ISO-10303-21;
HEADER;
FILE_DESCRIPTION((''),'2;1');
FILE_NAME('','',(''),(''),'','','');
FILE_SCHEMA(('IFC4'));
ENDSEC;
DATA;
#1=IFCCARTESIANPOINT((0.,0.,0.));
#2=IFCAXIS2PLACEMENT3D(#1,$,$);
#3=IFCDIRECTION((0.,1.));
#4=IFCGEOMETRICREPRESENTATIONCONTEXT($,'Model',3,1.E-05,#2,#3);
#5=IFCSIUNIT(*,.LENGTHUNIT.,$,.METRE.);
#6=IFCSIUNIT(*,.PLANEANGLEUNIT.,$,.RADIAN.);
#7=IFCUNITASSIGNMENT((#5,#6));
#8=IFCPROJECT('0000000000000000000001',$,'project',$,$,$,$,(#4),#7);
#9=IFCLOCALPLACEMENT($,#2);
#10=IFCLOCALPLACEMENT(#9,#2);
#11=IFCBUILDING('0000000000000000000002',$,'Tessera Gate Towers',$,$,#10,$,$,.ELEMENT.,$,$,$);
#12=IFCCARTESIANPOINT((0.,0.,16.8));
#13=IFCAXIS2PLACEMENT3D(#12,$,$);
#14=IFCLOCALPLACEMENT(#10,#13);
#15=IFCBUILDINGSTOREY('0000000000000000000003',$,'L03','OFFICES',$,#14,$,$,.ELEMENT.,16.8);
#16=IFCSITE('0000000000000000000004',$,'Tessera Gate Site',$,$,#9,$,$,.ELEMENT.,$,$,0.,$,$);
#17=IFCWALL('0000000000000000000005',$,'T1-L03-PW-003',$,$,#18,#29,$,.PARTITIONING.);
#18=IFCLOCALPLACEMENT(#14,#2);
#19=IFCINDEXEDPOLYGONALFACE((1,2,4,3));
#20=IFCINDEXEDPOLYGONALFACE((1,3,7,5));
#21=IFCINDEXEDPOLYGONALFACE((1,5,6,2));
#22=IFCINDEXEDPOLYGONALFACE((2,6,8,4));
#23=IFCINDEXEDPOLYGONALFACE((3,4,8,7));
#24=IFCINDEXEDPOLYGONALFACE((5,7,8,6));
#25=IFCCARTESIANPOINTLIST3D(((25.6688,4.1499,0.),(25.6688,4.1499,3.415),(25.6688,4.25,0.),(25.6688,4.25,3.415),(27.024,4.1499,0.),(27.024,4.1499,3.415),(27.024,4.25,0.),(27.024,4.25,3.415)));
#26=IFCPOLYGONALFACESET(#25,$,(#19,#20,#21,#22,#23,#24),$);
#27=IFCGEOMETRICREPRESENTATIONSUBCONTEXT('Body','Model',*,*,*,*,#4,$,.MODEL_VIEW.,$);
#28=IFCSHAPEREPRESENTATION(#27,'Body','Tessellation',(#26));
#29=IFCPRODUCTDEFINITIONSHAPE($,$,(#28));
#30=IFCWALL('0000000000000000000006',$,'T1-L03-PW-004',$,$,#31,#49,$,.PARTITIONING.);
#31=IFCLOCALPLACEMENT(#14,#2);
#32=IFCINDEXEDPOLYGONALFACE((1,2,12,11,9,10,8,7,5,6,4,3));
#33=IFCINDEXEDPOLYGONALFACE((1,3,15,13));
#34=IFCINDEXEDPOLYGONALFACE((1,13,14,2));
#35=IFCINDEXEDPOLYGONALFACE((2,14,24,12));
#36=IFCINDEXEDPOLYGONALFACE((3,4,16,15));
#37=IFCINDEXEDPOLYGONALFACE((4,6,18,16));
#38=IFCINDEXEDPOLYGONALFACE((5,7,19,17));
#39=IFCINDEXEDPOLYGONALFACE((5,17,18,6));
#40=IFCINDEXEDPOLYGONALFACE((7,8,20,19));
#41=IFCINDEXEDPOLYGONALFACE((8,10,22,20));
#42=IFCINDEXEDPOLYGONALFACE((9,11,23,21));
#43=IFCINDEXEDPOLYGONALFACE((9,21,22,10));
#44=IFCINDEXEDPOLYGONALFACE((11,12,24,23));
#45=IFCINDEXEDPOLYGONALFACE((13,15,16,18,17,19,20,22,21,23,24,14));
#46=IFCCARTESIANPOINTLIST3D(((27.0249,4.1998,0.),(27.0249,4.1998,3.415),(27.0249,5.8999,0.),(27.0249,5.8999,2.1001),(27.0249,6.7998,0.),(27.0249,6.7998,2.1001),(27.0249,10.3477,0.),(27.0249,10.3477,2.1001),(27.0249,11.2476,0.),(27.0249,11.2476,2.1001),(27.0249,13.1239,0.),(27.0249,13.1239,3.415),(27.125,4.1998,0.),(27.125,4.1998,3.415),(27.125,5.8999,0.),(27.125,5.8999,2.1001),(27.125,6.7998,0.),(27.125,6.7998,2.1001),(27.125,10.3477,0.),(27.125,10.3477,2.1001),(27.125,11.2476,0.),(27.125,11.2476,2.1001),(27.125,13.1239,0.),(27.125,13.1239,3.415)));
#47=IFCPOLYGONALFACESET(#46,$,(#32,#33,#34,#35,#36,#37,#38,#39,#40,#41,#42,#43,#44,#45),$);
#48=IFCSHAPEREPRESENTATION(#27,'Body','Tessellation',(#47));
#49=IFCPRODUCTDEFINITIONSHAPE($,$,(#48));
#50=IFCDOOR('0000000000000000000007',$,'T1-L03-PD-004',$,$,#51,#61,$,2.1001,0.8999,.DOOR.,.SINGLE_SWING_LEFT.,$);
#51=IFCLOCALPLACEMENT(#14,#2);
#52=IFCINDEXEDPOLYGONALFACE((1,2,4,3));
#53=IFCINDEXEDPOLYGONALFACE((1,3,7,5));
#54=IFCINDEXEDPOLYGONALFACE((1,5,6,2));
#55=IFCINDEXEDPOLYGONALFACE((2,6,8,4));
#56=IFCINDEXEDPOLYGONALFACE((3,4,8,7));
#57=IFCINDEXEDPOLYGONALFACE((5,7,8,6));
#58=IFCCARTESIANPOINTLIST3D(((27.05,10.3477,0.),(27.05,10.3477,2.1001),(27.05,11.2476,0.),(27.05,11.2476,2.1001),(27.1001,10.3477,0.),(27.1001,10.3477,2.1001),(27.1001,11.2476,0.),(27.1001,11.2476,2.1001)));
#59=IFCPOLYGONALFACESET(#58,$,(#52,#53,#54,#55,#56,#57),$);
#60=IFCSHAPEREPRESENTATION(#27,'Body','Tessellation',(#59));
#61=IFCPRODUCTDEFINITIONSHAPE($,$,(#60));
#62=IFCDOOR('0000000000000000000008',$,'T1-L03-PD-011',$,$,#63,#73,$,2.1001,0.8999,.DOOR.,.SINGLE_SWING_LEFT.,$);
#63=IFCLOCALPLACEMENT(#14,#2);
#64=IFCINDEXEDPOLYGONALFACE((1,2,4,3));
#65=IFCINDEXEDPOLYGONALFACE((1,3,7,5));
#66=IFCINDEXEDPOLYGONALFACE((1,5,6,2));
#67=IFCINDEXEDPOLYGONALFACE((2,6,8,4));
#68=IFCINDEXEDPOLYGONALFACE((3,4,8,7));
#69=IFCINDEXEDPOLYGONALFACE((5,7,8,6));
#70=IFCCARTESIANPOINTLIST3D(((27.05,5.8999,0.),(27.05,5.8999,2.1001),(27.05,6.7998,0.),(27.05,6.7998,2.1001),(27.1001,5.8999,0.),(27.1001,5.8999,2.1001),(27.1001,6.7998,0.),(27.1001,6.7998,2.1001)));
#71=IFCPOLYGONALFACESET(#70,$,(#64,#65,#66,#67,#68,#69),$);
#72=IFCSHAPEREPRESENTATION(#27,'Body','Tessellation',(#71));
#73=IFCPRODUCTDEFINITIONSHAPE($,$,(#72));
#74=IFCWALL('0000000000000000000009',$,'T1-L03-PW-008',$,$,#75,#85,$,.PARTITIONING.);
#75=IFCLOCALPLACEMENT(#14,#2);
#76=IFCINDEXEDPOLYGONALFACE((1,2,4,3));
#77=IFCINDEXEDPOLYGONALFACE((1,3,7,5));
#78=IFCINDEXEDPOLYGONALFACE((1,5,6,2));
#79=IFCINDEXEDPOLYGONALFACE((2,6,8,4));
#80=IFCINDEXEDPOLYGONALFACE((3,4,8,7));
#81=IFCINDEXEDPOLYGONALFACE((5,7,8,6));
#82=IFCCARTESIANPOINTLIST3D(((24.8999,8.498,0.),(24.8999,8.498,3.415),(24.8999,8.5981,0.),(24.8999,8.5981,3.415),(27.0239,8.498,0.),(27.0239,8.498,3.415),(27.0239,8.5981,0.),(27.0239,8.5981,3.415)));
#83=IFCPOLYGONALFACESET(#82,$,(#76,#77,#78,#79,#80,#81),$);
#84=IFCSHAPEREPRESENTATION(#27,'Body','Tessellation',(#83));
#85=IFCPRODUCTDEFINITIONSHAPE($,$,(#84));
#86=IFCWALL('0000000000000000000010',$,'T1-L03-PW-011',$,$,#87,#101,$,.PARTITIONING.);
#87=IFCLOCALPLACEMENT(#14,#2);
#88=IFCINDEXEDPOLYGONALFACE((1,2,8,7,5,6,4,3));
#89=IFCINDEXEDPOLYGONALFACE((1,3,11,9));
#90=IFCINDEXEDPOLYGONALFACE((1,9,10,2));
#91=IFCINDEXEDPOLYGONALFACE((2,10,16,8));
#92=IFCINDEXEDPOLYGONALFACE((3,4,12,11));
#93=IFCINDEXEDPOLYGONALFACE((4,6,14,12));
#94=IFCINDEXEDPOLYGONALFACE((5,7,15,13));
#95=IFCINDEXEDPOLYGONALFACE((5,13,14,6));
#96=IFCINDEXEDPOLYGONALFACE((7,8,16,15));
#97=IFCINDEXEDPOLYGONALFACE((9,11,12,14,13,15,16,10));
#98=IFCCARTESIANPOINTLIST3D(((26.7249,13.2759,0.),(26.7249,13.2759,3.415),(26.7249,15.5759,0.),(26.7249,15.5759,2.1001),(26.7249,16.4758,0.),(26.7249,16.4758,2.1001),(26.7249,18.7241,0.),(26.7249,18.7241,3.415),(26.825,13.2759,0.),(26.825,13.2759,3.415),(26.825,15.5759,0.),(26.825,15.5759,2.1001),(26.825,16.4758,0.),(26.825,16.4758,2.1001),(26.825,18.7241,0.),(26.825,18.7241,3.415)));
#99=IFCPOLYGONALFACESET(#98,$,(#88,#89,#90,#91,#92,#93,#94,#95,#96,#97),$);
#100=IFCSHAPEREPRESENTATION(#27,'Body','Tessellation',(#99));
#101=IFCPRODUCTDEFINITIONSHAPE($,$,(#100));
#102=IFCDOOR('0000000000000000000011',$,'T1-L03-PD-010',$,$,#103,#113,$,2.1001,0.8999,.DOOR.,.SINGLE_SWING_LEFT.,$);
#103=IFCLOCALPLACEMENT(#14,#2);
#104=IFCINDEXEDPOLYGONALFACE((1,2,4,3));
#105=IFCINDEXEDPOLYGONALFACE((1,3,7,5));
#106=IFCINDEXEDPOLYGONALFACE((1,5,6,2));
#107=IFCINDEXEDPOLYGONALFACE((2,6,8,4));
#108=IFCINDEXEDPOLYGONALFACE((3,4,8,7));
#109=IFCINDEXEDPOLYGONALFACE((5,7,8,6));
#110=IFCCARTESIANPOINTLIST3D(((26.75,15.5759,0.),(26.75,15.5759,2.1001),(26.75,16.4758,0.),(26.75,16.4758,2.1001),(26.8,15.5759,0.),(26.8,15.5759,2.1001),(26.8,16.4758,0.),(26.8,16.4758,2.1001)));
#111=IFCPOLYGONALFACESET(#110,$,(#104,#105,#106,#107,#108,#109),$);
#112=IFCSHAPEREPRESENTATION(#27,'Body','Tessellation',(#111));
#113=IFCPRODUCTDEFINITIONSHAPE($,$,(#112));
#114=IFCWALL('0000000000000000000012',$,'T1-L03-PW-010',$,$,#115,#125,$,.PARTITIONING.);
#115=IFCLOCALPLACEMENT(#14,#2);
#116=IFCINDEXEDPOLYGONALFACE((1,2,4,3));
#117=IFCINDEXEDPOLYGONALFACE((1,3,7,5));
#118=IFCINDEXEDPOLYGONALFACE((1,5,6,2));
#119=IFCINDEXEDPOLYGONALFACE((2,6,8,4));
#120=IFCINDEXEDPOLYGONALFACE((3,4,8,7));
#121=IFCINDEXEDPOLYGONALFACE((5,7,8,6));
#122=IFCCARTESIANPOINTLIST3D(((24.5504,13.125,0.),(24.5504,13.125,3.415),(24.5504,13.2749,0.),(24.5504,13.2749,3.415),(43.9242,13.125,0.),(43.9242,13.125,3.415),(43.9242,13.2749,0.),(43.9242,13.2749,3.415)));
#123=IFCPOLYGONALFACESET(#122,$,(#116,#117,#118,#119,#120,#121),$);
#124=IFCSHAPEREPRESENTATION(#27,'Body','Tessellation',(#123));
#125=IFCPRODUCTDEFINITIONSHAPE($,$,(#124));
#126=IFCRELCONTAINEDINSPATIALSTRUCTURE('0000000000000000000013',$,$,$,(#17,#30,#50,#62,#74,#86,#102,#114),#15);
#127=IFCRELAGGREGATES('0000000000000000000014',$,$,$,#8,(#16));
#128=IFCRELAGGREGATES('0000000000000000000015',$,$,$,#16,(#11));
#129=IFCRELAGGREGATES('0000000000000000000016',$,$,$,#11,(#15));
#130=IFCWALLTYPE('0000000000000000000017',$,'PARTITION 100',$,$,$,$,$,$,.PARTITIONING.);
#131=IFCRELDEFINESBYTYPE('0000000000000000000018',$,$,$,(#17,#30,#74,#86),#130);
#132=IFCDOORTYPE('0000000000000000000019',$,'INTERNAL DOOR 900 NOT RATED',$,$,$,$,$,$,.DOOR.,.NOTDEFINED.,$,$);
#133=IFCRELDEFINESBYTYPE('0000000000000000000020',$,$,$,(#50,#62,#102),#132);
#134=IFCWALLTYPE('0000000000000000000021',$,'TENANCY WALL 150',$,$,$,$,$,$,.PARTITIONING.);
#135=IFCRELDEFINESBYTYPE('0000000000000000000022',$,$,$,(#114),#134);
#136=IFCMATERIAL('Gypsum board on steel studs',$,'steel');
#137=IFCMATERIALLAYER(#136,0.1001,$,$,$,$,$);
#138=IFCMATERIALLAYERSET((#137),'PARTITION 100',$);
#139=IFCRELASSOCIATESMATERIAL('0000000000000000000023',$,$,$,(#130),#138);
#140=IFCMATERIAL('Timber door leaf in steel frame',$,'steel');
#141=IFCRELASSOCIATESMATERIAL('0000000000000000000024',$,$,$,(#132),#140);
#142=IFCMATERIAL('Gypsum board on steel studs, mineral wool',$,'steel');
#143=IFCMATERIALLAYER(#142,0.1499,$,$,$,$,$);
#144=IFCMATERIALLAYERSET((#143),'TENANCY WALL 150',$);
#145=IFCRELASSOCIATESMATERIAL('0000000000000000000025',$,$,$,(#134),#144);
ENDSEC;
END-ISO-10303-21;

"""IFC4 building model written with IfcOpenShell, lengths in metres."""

from ifc_helpers import new_model, si_unit, direction, frame, frame_2d, origin, place, context, subcontext, project, spatial, rectangle, extrude, source, transform, mapped, material, layer, layer_set, type_object, element, fill, save


model = new_model("IFC4")

# Units and contexts
model_context = context("Model", 3, precision=1e-05, world=origin(), true_north=direction((0.0, 1.0)))
body_context = subcontext(model_context, "Body", "Model", "MODEL_VIEW")
ifc_project = project(units=[si_unit("LENGTHUNIT", "METRE"), si_unit("PLANEANGLEUNIT", "RADIAN")], contexts=[model_context])

# Site, building, storey
site_placement = place(None, origin())
site = spatial("IfcSite", under=ifc_project, at=site_placement, Name="Tessera Gate Site", CompositionType="ELEMENT", RefElevation=0.0)
building_placement = place(site_placement, origin())
building = spatial("IfcBuilding", under=site, at=building_placement, Name="Tessera Gate Towers", CompositionType="ELEMENT")
storey_placement = place(building_placement, frame((0.0, 0.0, 16.8)))
storey = spatial("IfcBuildingStorey", under=building, at=storey_placement, Name="L03", Description="OFFICES", CompositionType="ELEMENT", Elevation=16.8)

# Wall
ifc_material_1 = material(Name="Gypsum board on steel studs", Category="steel")
ifc_layer_1 = layer(ifc_material_1, 0.1001)
ifc_layer_set_1 = layer_set([ifc_layer_1], Name="PARTITION 100")
wall_type_1 = type_object("IfcWallType", Name="PARTITION 100", PredefinedType="PARTITIONING", material=ifc_layer_set_1)
wall_1_placement = place(storey_placement, frame((25.6687, 4.2, 0.0), z_axis=(0.0, 0.0, 1.0), x_axis=(1.0, 0.0, 0.0)))
element("IfcWall", 1, at=wall_1_placement, inside=storey, type_object=wall_type_1, Name="T1-L03-PW-003", PredefinedType="PARTITIONING", context=body_context, shape_type="SweptSolid", body=[
    extrude(rectangle(XDim=1.3552, YDim=0.1001, at=frame_2d((0.6777, 0.0))), origin(), (0.0, 0.0, 1.0), 3.415),
])

# Wall, openings, doors
wall_2_placement = place(storey_placement, frame((27.075, 4.2, 0.0), z_axis=(0.0, 0.0, 1.0), x_axis=(0.0, 1.0, 0.0)))
wall_2 = element("IfcWall", 2, at=wall_2_placement, inside=storey, type_object=wall_type_1, Name="T1-L03-PW-004", PredefinedType="PARTITIONING", context=body_context, shape_type="SweptSolid", body=[
    extrude(rectangle(XDim=8.9241, YDim=0.1001, at=frame_2d((4.4619, 0.0))), origin(), (0.0, 0.0, 1.0), 3.415),
])
shared_shape_1 = source(origin(), body_context, "Body", "SweptSolid", [
    extrude(rectangle(XDim=0.8999, YDim=2.1001, at=frame_2d((0.45, 1.05))), frame((0.0, 0.0601, 0.0), z_axis=(0.0, -1.0, 0.0), x_axis=(1.0, 0.0, 0.0)), (0.0, 0.0, 1.0), 0.1201),
])
opening_1_placement = place(wall_2_placement, frame((6.1477, 0.0, 0.0)))
opening_1 = element("IfcOpeningElement", 3, at=opening_1_placement, cuts=wall_2, PredefinedType="OPENING", context=body_context, shape_type="MappedRepresentation", body=[
    mapped(shared_shape_1, transform((0.0, 0.0, 0.0), scale=1.0)),
])
opening_2_placement = place(wall_2_placement, frame((1.7, 0.0, 0.0)))
opening_2 = element("IfcOpeningElement", 4, at=opening_2_placement, cuts=wall_2, PredefinedType="OPENING", context=body_context, shape_type="MappedRepresentation", body=[
    mapped(shared_shape_1, transform((0.0, 0.0, 0.0), scale=1.0)),
])
ifc_material_2 = material(Name="Timber door leaf in steel frame", Category="steel")
door_type = type_object("IfcDoorType", Name="INTERNAL DOOR 900 NOT RATED", OperationType="NOTDEFINED", PredefinedType="DOOR", material=ifc_material_2)
shared_shape_2 = source(origin(), body_context, "Body", "SweptSolid", [
    extrude(rectangle(XDim=0.8999, YDim=2.1001, at=frame_2d((0.45, 1.05))), frame((0.0, 0.0249, 0.0), z_axis=(0.0, -1.0, 0.0), x_axis=(1.0, 0.0, 0.0)), (0.0, 0.0, 1.0), 0.05),
])
door_1_placement = place(opening_1_placement, origin())
door_1 = element("IfcDoor", 5, at=door_1_placement, inside=storey, type_object=door_type, Name="T1-L03-PD-004", OperationType="SINGLE_SWING_LEFT", OverallHeight=2.1001, OverallWidth=0.8999, PredefinedType="DOOR", context=body_context, shape_type="MappedRepresentation", body=[
    mapped(shared_shape_2, transform((0.0, 0.0, 0.0), scale=1.0)),
])
fill(opening_1, door_1)
door_2_placement = place(opening_2_placement, origin())
door_2 = element("IfcDoor", 6, at=door_2_placement, inside=storey, type_object=door_type, Name="T1-L03-PD-011", OperationType="SINGLE_SWING_LEFT", OverallHeight=2.1001, OverallWidth=0.8999, PredefinedType="DOOR", context=body_context, shape_type="MappedRepresentation", body=[
    mapped(shared_shape_2, transform((0.0, 0.0, 0.0), scale=1.0)),
])
fill(opening_2, door_2)

# Wall
wall_3_placement = place(storey_placement, frame((24.8999, 8.5481, 0.0), z_axis=(0.0, 0.0, 1.0), x_axis=(1.0, 0.0, 0.0)))
element("IfcWall", 7, at=wall_3_placement, inside=storey, type_object=wall_type_1, Name="T1-L03-PW-008", PredefinedType="PARTITIONING", context=body_context, shape_type="SweptSolid", body=[
    extrude(rectangle(XDim=2.124, YDim=0.1001, at=frame_2d((1.062, 0.0))), origin(), (0.0, 0.0, 1.0), 3.415),
])

# Wall, opening, door
wall_4_placement = place(storey_placement, frame((26.7749, 13.2759, 0.0), z_axis=(0.0, 0.0, 1.0), x_axis=(0.0, 1.0, 0.0)))
wall_4 = element("IfcWall", 8, at=wall_4_placement, inside=storey, type_object=wall_type_1, Name="T1-L03-PW-011", PredefinedType="PARTITIONING", context=body_context, shape_type="SweptSolid", body=[
    extrude(rectangle(XDim=5.4482, YDim=0.1001, at=frame_2d((2.7241, 0.0))), origin(), (0.0, 0.0, 1.0), 3.415),
])
opening_3_placement = place(wall_4_placement, frame((2.3, 0.0, 0.0)))
opening_3 = element("IfcOpeningElement", 9, at=opening_3_placement, cuts=wall_4, PredefinedType="OPENING", context=body_context, shape_type="MappedRepresentation", body=[
    mapped(shared_shape_1, transform((0.0, 0.0, 0.0), scale=1.0)),
])
door_3_placement = place(opening_3_placement, origin())
door_3 = element("IfcDoor", 10, at=door_3_placement, inside=storey, type_object=door_type, Name="T1-L03-PD-010", OperationType="SINGLE_SWING_LEFT", OverallHeight=2.1001, OverallWidth=0.8999, PredefinedType="DOOR", context=body_context, shape_type="MappedRepresentation", body=[
    mapped(shared_shape_2, transform((0.0, 0.0, 0.0), scale=1.0)),
])
fill(opening_3, door_3)

# Wall
ifc_material_3 = material(Name="Gypsum board on steel studs, mineral wool", Category="steel")
ifc_layer_2 = layer(ifc_material_3, 0.1499)
ifc_layer_set_2 = layer_set([ifc_layer_2], Name="TENANCY WALL 150")
wall_type_2 = type_object("IfcWallType", Name="TENANCY WALL 150", PredefinedType="PARTITIONING", material=ifc_layer_set_2)
wall_5_placement = place(storey_placement, frame((24.5503, 13.2, 0.0), z_axis=(0.0, 0.0, 1.0), x_axis=(1.0, 0.0, 0.0)))
element("IfcWall", 11, at=wall_5_placement, inside=storey, type_object=wall_type_2, Name="T1-L03-PW-010", PredefinedType="PARTITIONING", context=body_context, shape_type="SweptSolid", body=[
    extrude(rectangle(XDim=19.3738, YDim=0.1499, at=frame_2d((9.687, 0.0))), origin(), (0.0, 0.0, 1.0), 3.415),
])

save(model, "model.ifc")
